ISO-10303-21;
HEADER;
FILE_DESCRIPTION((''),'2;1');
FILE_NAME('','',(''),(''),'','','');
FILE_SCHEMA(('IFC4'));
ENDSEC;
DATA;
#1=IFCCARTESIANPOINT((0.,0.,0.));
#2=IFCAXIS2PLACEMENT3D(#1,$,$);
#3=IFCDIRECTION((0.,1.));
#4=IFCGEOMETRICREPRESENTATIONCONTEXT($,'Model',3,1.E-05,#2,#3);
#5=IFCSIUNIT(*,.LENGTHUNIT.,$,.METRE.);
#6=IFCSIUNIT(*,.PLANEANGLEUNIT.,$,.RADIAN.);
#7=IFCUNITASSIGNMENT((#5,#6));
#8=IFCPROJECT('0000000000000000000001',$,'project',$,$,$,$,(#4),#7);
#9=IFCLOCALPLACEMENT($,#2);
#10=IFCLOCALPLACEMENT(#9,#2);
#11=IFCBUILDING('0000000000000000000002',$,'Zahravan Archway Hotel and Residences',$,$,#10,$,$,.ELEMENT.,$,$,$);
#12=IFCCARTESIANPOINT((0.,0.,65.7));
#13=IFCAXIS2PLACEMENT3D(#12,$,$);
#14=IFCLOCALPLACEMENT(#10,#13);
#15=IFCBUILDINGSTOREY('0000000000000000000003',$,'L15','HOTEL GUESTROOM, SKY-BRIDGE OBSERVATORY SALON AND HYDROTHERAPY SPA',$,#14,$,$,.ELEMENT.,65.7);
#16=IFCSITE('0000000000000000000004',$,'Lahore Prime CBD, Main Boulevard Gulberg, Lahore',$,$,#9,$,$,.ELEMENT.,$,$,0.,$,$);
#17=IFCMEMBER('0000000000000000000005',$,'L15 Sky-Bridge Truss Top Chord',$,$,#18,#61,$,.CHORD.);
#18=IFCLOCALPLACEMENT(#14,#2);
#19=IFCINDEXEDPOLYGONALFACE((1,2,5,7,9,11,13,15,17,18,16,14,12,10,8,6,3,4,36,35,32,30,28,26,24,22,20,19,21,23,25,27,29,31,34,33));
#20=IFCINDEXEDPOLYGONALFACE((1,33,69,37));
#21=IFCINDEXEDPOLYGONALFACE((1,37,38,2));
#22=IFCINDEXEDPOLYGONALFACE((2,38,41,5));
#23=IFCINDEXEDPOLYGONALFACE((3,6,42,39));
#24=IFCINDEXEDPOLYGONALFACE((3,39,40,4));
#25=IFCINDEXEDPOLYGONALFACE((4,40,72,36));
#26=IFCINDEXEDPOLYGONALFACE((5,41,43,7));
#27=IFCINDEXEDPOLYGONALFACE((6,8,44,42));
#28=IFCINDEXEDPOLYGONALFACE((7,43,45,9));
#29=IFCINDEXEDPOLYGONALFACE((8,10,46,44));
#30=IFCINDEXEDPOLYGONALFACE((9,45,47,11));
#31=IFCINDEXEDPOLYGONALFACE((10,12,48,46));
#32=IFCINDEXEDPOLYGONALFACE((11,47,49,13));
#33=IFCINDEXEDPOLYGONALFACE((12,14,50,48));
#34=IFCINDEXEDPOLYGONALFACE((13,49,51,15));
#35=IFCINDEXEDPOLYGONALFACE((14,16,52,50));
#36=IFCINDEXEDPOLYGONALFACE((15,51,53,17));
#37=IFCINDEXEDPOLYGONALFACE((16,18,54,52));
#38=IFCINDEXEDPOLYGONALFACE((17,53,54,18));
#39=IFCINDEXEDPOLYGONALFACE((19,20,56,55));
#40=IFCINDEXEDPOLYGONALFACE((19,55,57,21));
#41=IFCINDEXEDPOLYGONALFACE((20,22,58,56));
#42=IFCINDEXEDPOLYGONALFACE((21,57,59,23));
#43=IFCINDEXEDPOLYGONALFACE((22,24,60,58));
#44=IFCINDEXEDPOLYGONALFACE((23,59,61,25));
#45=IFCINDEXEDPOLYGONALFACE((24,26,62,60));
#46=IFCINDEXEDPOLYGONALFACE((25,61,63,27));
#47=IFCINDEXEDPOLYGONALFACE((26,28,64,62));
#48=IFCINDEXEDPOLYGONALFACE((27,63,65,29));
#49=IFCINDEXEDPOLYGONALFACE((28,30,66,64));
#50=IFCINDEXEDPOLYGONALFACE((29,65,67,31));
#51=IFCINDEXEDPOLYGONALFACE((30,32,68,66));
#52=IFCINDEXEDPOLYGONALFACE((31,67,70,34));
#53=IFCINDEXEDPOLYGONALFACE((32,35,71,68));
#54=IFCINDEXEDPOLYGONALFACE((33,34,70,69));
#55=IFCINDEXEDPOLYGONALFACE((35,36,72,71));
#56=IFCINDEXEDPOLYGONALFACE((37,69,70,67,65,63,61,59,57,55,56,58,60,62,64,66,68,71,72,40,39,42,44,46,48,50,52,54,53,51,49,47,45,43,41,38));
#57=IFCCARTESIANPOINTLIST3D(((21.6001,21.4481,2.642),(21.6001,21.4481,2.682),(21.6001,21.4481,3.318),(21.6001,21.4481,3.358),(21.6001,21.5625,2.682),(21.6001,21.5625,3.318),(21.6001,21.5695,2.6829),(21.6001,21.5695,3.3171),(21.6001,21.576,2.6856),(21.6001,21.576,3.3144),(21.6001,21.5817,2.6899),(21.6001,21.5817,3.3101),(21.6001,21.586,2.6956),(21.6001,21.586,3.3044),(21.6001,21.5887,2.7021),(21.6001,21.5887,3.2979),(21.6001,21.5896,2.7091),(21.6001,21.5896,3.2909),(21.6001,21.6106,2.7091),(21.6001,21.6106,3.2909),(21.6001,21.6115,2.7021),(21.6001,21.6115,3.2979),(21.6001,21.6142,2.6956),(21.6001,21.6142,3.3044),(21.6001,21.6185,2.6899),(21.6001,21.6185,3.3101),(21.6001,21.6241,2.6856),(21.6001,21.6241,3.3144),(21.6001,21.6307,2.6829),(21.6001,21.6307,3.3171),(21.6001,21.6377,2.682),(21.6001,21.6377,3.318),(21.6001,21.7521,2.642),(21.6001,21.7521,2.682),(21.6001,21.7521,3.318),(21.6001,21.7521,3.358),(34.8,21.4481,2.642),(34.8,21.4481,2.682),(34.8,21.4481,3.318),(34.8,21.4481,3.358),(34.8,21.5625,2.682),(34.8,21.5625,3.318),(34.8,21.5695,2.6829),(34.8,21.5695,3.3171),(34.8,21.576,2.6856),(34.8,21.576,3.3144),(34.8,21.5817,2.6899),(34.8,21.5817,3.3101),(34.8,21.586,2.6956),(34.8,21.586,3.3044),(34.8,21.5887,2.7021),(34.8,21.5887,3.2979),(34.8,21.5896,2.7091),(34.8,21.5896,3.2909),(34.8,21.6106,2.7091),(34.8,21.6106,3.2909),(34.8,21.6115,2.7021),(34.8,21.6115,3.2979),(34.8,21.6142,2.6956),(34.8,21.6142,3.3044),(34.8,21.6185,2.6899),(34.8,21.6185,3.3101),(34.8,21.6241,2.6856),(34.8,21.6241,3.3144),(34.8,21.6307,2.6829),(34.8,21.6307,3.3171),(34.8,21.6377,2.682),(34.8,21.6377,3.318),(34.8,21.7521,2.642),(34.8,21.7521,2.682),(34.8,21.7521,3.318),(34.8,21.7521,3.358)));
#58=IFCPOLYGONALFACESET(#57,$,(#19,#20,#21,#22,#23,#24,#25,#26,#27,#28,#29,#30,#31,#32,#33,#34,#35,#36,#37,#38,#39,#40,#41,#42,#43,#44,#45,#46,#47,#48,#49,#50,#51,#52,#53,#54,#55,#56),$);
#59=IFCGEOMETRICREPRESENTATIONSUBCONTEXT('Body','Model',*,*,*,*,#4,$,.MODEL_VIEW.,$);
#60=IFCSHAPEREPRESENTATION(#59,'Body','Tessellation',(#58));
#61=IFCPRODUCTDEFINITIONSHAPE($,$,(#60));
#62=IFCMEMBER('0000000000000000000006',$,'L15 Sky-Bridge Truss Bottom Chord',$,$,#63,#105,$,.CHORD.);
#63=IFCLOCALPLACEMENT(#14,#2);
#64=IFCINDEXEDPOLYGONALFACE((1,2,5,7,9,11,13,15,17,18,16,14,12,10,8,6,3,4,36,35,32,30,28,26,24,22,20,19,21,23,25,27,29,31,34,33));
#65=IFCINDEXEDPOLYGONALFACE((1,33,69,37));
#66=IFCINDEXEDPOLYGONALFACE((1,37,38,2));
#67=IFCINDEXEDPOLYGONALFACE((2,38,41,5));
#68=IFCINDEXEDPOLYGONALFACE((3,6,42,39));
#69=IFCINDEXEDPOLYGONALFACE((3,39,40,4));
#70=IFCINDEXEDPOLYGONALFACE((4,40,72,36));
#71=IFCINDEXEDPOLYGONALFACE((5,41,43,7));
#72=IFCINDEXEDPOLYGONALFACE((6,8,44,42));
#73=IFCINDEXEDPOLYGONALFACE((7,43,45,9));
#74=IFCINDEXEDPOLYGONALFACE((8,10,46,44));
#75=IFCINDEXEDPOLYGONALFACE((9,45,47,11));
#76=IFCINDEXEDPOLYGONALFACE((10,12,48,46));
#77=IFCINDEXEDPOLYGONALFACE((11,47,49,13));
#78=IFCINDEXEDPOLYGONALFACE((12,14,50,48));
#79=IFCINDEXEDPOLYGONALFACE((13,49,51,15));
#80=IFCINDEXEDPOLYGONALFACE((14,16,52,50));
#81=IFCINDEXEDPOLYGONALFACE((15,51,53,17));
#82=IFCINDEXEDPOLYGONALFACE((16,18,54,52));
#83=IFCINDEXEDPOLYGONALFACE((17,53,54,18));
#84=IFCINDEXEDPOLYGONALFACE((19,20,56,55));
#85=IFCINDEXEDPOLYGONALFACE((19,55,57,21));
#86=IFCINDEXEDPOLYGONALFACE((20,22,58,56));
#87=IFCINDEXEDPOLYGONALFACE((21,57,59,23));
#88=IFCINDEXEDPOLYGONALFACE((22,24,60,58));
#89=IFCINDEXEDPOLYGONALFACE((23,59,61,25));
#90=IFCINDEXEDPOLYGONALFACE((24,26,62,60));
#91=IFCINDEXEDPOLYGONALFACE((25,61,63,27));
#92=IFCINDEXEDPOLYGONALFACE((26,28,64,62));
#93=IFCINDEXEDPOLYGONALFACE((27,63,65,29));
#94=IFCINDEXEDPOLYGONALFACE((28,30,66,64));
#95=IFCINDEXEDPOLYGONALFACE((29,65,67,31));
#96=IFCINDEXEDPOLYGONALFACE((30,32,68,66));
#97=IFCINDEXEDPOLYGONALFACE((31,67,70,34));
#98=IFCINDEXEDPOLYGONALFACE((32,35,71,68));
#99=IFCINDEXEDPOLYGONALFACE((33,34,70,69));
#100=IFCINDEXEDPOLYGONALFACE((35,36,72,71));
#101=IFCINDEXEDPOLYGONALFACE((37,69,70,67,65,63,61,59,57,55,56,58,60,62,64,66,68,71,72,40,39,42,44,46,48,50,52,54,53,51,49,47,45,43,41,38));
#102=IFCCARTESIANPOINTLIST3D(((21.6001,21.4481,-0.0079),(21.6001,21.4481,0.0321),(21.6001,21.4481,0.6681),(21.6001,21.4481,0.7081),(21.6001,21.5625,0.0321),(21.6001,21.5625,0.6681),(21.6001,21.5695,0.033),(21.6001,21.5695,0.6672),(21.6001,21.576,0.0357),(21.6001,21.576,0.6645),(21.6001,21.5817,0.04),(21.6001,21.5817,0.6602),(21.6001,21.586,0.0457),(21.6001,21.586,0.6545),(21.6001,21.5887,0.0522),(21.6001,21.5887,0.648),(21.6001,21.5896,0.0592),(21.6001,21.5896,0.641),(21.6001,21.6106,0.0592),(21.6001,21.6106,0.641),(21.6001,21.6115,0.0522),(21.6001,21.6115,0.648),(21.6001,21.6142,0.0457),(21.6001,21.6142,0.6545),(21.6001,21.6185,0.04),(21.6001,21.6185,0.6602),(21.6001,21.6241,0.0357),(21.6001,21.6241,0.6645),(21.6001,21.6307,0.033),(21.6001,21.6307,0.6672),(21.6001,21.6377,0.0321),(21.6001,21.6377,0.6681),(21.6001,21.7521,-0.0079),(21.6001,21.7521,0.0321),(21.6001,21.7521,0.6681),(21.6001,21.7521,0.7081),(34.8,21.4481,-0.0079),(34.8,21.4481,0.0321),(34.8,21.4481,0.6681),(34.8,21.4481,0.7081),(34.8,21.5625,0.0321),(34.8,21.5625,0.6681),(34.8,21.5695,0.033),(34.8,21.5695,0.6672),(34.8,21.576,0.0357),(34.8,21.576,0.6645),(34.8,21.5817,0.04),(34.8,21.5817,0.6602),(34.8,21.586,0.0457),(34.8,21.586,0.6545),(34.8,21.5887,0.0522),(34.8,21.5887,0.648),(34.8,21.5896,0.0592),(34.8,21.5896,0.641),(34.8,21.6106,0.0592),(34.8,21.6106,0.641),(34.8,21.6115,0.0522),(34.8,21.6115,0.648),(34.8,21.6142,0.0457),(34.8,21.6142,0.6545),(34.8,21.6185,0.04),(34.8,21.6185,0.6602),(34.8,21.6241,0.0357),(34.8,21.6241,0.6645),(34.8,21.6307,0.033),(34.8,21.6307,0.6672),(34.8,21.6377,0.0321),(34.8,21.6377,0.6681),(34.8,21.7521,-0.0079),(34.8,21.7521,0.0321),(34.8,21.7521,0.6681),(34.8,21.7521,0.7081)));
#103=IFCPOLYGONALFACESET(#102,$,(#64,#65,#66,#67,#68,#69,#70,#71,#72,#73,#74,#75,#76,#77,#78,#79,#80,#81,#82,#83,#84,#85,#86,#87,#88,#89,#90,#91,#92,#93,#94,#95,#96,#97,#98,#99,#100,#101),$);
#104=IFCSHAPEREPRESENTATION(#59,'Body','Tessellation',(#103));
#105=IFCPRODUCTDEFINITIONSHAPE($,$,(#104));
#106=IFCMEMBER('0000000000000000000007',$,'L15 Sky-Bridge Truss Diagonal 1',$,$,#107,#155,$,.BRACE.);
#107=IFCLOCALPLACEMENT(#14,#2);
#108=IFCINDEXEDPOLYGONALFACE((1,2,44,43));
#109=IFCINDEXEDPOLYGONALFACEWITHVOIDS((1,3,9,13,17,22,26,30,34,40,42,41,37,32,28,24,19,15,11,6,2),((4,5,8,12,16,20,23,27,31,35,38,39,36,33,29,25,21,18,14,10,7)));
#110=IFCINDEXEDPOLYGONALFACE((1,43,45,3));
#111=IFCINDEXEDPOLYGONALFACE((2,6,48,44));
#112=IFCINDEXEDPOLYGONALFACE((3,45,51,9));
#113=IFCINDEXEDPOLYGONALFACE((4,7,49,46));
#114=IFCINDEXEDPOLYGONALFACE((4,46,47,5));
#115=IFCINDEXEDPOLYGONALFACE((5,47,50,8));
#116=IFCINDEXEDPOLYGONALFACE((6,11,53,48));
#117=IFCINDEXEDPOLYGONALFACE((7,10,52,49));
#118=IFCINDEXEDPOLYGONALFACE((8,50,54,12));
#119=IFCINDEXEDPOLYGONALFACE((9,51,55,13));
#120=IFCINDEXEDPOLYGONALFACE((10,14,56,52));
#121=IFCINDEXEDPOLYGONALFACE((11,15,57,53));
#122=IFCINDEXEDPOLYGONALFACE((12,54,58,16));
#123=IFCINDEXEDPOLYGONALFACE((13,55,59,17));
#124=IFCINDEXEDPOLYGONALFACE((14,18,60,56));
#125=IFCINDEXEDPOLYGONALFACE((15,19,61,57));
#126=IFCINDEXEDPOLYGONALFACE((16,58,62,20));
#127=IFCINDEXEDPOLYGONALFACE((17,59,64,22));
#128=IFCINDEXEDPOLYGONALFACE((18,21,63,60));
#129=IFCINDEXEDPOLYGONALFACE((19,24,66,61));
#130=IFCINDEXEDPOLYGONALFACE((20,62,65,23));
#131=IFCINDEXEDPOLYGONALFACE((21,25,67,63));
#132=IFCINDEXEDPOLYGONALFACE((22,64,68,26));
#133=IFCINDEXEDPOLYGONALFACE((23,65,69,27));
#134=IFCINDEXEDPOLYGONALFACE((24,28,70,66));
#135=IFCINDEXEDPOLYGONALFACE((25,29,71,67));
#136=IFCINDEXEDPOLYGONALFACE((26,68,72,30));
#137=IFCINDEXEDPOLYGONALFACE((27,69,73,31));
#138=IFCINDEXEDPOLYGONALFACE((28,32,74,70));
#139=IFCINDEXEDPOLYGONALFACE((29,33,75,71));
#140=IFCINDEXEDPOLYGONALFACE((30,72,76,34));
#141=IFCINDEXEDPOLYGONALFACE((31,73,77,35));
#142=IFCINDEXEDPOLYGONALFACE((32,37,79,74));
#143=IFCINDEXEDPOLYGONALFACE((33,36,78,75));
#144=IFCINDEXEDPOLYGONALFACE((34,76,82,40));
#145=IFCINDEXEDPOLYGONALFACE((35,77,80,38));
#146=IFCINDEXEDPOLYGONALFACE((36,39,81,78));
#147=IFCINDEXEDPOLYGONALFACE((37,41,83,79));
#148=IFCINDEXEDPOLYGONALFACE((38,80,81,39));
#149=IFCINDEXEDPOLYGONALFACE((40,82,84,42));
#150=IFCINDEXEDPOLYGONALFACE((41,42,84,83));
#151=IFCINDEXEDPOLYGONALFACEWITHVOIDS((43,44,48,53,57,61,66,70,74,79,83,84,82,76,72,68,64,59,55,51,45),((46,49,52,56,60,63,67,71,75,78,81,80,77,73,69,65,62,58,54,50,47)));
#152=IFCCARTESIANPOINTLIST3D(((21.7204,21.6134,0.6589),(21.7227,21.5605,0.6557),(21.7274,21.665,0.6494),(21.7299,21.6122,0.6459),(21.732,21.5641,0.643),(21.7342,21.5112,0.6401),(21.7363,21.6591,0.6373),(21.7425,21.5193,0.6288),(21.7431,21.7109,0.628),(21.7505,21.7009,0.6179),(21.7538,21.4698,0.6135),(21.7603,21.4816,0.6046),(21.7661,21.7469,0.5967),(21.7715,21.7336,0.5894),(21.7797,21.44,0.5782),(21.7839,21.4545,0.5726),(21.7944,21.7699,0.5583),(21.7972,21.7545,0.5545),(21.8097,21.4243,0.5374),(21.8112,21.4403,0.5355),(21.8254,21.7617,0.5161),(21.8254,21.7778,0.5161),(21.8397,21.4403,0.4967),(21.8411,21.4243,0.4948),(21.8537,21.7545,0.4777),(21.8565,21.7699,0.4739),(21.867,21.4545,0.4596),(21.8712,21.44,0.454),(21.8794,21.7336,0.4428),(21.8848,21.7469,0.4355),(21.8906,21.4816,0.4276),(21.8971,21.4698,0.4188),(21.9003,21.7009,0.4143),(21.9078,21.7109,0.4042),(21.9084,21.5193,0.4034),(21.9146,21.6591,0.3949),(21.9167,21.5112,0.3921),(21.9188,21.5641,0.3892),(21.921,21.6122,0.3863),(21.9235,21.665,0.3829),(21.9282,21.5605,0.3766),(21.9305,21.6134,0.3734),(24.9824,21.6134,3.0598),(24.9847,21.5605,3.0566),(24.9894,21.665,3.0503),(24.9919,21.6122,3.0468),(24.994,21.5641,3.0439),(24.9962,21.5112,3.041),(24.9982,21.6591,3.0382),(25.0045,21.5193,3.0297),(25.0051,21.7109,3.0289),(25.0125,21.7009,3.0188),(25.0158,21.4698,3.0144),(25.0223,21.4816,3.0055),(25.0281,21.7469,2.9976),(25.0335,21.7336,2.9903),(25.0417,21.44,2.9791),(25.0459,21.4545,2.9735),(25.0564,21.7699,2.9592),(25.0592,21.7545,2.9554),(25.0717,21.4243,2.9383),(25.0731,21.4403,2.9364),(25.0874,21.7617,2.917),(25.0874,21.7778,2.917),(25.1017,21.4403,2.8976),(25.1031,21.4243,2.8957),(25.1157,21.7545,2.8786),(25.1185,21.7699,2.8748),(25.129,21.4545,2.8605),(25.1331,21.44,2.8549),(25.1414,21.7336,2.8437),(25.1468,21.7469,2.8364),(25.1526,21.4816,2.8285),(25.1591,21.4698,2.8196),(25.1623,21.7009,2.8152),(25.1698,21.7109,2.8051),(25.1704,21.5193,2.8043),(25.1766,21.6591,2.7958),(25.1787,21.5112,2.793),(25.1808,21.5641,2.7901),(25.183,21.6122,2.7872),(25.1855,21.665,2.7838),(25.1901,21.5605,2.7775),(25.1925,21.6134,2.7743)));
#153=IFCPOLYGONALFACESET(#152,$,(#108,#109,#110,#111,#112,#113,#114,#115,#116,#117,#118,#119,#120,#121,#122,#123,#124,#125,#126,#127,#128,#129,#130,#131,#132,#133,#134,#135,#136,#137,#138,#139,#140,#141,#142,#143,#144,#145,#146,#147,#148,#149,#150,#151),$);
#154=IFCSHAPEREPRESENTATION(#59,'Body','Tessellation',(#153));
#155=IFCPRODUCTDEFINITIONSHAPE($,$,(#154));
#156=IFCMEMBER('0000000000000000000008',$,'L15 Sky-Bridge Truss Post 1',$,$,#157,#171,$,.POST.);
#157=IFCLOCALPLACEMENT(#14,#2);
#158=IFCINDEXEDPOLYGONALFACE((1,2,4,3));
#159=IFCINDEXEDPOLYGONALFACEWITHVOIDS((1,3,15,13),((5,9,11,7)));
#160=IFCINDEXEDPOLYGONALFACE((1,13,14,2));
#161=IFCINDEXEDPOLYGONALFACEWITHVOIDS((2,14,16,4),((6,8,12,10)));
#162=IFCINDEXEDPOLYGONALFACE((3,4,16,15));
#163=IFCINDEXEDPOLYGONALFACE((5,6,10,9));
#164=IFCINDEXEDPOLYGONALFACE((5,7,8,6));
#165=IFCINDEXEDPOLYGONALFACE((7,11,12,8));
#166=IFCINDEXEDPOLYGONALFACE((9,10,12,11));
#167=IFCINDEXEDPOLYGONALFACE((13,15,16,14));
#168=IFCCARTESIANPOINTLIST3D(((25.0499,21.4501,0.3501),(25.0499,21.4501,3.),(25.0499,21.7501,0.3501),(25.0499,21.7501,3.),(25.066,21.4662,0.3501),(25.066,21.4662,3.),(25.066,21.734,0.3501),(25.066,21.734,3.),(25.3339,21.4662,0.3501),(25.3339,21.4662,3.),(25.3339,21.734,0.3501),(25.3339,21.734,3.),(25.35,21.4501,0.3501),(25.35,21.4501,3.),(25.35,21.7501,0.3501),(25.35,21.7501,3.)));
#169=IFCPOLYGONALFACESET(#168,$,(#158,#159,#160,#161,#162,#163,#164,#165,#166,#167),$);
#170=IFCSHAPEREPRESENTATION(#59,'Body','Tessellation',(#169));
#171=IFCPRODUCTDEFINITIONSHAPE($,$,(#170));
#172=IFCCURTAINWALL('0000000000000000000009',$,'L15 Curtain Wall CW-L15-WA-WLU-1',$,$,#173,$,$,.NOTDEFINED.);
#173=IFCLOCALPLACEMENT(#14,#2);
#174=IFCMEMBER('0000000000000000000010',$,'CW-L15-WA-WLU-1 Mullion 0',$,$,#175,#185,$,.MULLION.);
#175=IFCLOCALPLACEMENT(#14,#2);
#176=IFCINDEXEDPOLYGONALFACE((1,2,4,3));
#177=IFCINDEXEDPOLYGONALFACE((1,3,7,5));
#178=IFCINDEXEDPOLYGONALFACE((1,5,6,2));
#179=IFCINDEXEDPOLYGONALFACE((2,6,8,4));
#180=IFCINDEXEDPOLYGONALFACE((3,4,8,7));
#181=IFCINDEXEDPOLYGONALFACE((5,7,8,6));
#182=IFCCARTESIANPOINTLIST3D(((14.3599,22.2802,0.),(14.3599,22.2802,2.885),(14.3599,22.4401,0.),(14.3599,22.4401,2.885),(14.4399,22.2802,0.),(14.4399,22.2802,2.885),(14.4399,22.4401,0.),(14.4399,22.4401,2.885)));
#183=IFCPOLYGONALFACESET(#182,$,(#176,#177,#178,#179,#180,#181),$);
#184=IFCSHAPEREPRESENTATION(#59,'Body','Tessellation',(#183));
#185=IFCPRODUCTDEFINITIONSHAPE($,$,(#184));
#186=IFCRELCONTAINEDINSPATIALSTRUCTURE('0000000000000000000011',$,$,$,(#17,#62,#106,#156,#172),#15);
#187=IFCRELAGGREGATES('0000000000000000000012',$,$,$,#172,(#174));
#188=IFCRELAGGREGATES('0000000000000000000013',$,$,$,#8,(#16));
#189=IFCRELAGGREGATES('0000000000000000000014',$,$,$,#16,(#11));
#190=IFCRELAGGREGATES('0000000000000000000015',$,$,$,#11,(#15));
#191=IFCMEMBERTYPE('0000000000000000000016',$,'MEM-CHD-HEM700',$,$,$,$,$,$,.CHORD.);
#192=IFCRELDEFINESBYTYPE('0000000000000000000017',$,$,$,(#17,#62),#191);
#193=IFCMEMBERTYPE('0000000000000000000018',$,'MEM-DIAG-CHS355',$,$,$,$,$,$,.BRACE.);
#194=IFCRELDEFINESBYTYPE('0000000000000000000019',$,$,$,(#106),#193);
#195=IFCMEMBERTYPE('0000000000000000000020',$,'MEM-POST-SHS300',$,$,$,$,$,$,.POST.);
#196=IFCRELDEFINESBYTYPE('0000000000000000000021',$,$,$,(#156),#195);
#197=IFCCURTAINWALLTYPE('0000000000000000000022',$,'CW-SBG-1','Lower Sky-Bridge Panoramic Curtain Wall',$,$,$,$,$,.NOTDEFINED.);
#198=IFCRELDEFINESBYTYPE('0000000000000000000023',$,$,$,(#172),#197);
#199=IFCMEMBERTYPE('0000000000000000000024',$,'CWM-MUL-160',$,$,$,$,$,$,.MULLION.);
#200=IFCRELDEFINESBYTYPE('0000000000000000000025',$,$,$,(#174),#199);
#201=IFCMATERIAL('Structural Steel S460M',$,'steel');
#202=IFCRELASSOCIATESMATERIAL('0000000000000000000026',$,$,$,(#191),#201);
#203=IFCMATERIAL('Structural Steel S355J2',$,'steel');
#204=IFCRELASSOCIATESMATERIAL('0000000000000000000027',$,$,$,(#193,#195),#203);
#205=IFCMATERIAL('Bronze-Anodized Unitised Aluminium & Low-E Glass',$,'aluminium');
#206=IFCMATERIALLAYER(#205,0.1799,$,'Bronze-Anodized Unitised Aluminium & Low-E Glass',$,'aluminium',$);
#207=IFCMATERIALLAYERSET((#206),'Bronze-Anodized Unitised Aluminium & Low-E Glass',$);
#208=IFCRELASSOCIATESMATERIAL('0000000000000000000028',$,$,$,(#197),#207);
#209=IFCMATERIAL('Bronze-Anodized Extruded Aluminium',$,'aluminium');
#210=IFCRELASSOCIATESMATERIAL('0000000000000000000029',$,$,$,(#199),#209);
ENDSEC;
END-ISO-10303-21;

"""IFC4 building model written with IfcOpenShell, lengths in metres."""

from ifc_helpers import new_model, si_unit, direction, frame, origin, origin_2d, place, context, subcontext, project, spatial, rectangle, hollow_rectangle, hollow_circle, i_section, extrude, source, transform, mapped, material, layer, layer_set, material_profile, profile_set, type_object, type_shapes, element, aggregate, save


model = new_model("IFC4")

# Units and contexts
model_context = context("Model", 3, precision=1e-05, world=origin(), true_north=direction((0.0, 1.0)))
body_context = subcontext(model_context, "Body", "Model", "MODEL_VIEW")
ifc_project = project(units=[si_unit("LENGTHUNIT", "METRE"), si_unit("PLANEANGLEUNIT", "RADIAN")], contexts=[model_context])

# Site, building, storey
site_placement = place(None, origin())
site = spatial("IfcSite", under=ifc_project, at=site_placement, Name="Lahore Prime CBD, Main Boulevard Gulberg, Lahore", CompositionType="ELEMENT", RefElevation=0.0)
building_placement = place(site_placement, origin())
building = spatial("IfcBuilding", under=site, at=building_placement, Name="Zahravan Archway Hotel and Residences", CompositionType="ELEMENT")
storey_placement = place(building_placement, frame((0.0, 0.0, 65.7)))
storey = spatial("IfcBuildingStorey", under=building, at=storey_placement, Name="L15", Description="HOTEL GUESTROOM, SKY-BRIDGE OBSERVATORY SALON AND HYDROTHERAPY SPA", CompositionType="ELEMENT", Elevation=65.7)

# Members
ifc_material_1 = material(Name="Structural Steel S460M", Category="steel")
ifc_material_profile_1 = material_profile(ifc_material_1, i_section(OverallWidth=0.304, OverallDepth=0.7161, WebThickness=0.021, FlangeThickness=0.04, FilletRadius=0.0271, at=origin_2d()), Name="HEM 700", Category="steel")
ifc_profile_set_1 = profile_set([ifc_material_profile_1], Name="Structural Steel S460M")
member_type_1 = type_object("IfcMemberType", Name="MEM-CHD-HEM700", PredefinedType="CHORD", material=ifc_profile_set_1)
shared_shape_1 = source(origin(), body_context, "Body", "SweptSolid", [
    extrude(i_section(OverallWidth=0.304, OverallDepth=0.7161, WebThickness=0.021, FlangeThickness=0.04, FilletRadius=0.0271, at=origin_2d()), origin(), (0.0, 0.0, 1.0), 13.2),
])
type_shapes(member_type_1, [shared_shape_1])
for number, where, z_axis, x_axis, name in (
    (1, (21.6001, 21.6001, 3.0), (1.0, 0.0, 0.0), (0.0, 1.0, 0.0), "L15 Sky-Bridge Truss Top Chord"),
    (2, (21.6001, 21.6001, 0.3501), (1.0, 0.0, 0.0), (0.0, 1.0, 0.0), "L15 Sky-Bridge Truss Bottom Chord"),
):
    element("IfcMember", number, at=place(storey_placement, frame(where, z_axis=z_axis, x_axis=x_axis)), inside=storey, type_object=member_type_1, Name=name, PredefinedType="CHORD", context=body_context, shape_type="MappedRepresentation", body=[
        mapped(shared_shape_1, transform((0.0, 0.0, 0.0), scale=1.0)),
    ])
ifc_material_2 = material(Name="Structural Steel S355J2", Category="steel")
ifc_material_profile_2 = material_profile(ifc_material_2, hollow_circle(Radius=0.1777, WallThickness=0.0161, at=origin_2d()), Name="CHS 355.6x16", Category="steel")
ifc_profile_set_2 = profile_set([ifc_material_profile_2], Name="Structural Steel S355J2")
member_type_2 = type_object("IfcMemberType", Name="MEM-DIAG-CHS355", PredefinedType="BRACE", material=ifc_profile_set_2)
shared_shape_2 = source(origin(), body_context, "Body", "SweptSolid", [
    extrude(hollow_circle(Radius=0.1777, WallThickness=0.0161, at=origin_2d()), origin(), (0.0, 0.0, 1.0), 4.0503),
])
type_shapes(member_type_2, [shared_shape_2])
member_1_placement = place(storey_placement, frame((21.8254, 21.6001, 0.5161), z_axis=(0.805371, 0.0, 0.592771), x_axis=(0.0, 1.0, 0.0)))
element("IfcMember", 3, at=member_1_placement, inside=storey, type_object=member_type_2, Name="L15 Sky-Bridge Truss Diagonal 1", PredefinedType="BRACE", context=body_context, shape_type="MappedRepresentation", body=[
    mapped(shared_shape_2, transform((0.0, 0.0, 0.0), scale=1.0)),
])
ifc_material_profile_3 = material_profile(ifc_material_2, hollow_rectangle(XDim=0.3, YDim=0.3, WallThickness=0.0161, at=origin_2d()), Name="SHS 300x300x16", Category="steel")
ifc_profile_set_3 = profile_set([ifc_material_profile_3], Name="Structural Steel S355J2")
member_type_3 = type_object("IfcMemberType", Name="MEM-POST-SHS300", PredefinedType="POST", material=ifc_profile_set_3)
shared_shape_3 = source(origin(), body_context, "Body", "SweptSolid", [
    extrude(hollow_rectangle(XDim=0.3, YDim=0.3, WallThickness=0.0161, at=origin_2d()), origin(), (0.0, 0.0, 1.0), 2.6499),
])
type_shapes(member_type_3, [shared_shape_3])
member_2_placement = place(storey_placement, frame((25.2, 21.6001, 0.3501), z_axis=(0.0, 0.0, 1.0), x_axis=(1.0, 0.0, 0.0)))
element("IfcMember", 4, at=member_2_placement, inside=storey, type_object=member_type_3, Name="L15 Sky-Bridge Truss Post 1", PredefinedType="POST", context=body_context, shape_type="MappedRepresentation", body=[
    mapped(shared_shape_3, transform((0.0, 0.0, 0.0), scale=1.0)),
])

# Curtain wall, member
ifc_material_3 = material(Name="Bronze-Anodized Unitised Aluminium & Low-E Glass", Category="aluminium")
ifc_layer_1 = layer(ifc_material_3, 0.1799, Name="Bronze-Anodized Unitised Aluminium & Low-E Glass", Category="aluminium")
ifc_layer_set_1 = layer_set([ifc_layer_1], Name="Bronze-Anodized Unitised Aluminium & Low-E Glass")
curtain_wall_type = type_object("IfcCurtainWallType", Name="CW-SBG-1", Description="Lower Sky-Bridge Panoramic Curtain Wall", PredefinedType="NOTDEFINED", material=ifc_layer_set_1)
curtain_wall_placement = place(storey_placement, origin())
curtain_wall = element("IfcCurtainWall", 5, at=curtain_wall_placement, inside=storey, type_object=curtain_wall_type, Name="L15 Curtain Wall CW-L15-WA-WLU-1", PredefinedType="NOTDEFINED")
ifc_material_4 = material(Name="Bronze-Anodized Extruded Aluminium", Category="aluminium")
ifc_material_profile_4 = material_profile(ifc_material_4, rectangle(XDim=0.0801, YDim=0.1599, at=origin_2d()), Name="MUL 80x160", Category="aluminium")
ifc_profile_set_4 = profile_set([ifc_material_profile_4], Name="Bronze-Anodized Extruded Aluminium")
member_type_4 = type_object("IfcMemberType", Name="CWM-MUL-160", PredefinedType="MULLION", material=ifc_profile_set_4)
shared_shape_4 = source(origin(), body_context, "Body", "SweptSolid", [
    extrude(rectangle(XDim=0.0801, YDim=0.1599, at=origin_2d()), origin(), (0.0, 0.0, 1.0), 2.885),
])
member_3_placement = place(storey_placement, frame((14.3999, 22.3601, 0.0), z_axis=(0.0, 0.0, 1.0), x_axis=(1.0, 0.0, 0.0)))
member_3 = element("IfcMember", 6, at=member_3_placement, type_object=member_type_4, Name="CW-L15-WA-WLU-1 Mullion 0", PredefinedType="MULLION", context=body_context, shape_type="MappedRepresentation", body=[
    mapped(shared_shape_4, transform((0.0, 0.0, 0.0), scale=1.0)),
])

aggregate(curtain_wall, [member_3])

save(model, "model.ifc")
